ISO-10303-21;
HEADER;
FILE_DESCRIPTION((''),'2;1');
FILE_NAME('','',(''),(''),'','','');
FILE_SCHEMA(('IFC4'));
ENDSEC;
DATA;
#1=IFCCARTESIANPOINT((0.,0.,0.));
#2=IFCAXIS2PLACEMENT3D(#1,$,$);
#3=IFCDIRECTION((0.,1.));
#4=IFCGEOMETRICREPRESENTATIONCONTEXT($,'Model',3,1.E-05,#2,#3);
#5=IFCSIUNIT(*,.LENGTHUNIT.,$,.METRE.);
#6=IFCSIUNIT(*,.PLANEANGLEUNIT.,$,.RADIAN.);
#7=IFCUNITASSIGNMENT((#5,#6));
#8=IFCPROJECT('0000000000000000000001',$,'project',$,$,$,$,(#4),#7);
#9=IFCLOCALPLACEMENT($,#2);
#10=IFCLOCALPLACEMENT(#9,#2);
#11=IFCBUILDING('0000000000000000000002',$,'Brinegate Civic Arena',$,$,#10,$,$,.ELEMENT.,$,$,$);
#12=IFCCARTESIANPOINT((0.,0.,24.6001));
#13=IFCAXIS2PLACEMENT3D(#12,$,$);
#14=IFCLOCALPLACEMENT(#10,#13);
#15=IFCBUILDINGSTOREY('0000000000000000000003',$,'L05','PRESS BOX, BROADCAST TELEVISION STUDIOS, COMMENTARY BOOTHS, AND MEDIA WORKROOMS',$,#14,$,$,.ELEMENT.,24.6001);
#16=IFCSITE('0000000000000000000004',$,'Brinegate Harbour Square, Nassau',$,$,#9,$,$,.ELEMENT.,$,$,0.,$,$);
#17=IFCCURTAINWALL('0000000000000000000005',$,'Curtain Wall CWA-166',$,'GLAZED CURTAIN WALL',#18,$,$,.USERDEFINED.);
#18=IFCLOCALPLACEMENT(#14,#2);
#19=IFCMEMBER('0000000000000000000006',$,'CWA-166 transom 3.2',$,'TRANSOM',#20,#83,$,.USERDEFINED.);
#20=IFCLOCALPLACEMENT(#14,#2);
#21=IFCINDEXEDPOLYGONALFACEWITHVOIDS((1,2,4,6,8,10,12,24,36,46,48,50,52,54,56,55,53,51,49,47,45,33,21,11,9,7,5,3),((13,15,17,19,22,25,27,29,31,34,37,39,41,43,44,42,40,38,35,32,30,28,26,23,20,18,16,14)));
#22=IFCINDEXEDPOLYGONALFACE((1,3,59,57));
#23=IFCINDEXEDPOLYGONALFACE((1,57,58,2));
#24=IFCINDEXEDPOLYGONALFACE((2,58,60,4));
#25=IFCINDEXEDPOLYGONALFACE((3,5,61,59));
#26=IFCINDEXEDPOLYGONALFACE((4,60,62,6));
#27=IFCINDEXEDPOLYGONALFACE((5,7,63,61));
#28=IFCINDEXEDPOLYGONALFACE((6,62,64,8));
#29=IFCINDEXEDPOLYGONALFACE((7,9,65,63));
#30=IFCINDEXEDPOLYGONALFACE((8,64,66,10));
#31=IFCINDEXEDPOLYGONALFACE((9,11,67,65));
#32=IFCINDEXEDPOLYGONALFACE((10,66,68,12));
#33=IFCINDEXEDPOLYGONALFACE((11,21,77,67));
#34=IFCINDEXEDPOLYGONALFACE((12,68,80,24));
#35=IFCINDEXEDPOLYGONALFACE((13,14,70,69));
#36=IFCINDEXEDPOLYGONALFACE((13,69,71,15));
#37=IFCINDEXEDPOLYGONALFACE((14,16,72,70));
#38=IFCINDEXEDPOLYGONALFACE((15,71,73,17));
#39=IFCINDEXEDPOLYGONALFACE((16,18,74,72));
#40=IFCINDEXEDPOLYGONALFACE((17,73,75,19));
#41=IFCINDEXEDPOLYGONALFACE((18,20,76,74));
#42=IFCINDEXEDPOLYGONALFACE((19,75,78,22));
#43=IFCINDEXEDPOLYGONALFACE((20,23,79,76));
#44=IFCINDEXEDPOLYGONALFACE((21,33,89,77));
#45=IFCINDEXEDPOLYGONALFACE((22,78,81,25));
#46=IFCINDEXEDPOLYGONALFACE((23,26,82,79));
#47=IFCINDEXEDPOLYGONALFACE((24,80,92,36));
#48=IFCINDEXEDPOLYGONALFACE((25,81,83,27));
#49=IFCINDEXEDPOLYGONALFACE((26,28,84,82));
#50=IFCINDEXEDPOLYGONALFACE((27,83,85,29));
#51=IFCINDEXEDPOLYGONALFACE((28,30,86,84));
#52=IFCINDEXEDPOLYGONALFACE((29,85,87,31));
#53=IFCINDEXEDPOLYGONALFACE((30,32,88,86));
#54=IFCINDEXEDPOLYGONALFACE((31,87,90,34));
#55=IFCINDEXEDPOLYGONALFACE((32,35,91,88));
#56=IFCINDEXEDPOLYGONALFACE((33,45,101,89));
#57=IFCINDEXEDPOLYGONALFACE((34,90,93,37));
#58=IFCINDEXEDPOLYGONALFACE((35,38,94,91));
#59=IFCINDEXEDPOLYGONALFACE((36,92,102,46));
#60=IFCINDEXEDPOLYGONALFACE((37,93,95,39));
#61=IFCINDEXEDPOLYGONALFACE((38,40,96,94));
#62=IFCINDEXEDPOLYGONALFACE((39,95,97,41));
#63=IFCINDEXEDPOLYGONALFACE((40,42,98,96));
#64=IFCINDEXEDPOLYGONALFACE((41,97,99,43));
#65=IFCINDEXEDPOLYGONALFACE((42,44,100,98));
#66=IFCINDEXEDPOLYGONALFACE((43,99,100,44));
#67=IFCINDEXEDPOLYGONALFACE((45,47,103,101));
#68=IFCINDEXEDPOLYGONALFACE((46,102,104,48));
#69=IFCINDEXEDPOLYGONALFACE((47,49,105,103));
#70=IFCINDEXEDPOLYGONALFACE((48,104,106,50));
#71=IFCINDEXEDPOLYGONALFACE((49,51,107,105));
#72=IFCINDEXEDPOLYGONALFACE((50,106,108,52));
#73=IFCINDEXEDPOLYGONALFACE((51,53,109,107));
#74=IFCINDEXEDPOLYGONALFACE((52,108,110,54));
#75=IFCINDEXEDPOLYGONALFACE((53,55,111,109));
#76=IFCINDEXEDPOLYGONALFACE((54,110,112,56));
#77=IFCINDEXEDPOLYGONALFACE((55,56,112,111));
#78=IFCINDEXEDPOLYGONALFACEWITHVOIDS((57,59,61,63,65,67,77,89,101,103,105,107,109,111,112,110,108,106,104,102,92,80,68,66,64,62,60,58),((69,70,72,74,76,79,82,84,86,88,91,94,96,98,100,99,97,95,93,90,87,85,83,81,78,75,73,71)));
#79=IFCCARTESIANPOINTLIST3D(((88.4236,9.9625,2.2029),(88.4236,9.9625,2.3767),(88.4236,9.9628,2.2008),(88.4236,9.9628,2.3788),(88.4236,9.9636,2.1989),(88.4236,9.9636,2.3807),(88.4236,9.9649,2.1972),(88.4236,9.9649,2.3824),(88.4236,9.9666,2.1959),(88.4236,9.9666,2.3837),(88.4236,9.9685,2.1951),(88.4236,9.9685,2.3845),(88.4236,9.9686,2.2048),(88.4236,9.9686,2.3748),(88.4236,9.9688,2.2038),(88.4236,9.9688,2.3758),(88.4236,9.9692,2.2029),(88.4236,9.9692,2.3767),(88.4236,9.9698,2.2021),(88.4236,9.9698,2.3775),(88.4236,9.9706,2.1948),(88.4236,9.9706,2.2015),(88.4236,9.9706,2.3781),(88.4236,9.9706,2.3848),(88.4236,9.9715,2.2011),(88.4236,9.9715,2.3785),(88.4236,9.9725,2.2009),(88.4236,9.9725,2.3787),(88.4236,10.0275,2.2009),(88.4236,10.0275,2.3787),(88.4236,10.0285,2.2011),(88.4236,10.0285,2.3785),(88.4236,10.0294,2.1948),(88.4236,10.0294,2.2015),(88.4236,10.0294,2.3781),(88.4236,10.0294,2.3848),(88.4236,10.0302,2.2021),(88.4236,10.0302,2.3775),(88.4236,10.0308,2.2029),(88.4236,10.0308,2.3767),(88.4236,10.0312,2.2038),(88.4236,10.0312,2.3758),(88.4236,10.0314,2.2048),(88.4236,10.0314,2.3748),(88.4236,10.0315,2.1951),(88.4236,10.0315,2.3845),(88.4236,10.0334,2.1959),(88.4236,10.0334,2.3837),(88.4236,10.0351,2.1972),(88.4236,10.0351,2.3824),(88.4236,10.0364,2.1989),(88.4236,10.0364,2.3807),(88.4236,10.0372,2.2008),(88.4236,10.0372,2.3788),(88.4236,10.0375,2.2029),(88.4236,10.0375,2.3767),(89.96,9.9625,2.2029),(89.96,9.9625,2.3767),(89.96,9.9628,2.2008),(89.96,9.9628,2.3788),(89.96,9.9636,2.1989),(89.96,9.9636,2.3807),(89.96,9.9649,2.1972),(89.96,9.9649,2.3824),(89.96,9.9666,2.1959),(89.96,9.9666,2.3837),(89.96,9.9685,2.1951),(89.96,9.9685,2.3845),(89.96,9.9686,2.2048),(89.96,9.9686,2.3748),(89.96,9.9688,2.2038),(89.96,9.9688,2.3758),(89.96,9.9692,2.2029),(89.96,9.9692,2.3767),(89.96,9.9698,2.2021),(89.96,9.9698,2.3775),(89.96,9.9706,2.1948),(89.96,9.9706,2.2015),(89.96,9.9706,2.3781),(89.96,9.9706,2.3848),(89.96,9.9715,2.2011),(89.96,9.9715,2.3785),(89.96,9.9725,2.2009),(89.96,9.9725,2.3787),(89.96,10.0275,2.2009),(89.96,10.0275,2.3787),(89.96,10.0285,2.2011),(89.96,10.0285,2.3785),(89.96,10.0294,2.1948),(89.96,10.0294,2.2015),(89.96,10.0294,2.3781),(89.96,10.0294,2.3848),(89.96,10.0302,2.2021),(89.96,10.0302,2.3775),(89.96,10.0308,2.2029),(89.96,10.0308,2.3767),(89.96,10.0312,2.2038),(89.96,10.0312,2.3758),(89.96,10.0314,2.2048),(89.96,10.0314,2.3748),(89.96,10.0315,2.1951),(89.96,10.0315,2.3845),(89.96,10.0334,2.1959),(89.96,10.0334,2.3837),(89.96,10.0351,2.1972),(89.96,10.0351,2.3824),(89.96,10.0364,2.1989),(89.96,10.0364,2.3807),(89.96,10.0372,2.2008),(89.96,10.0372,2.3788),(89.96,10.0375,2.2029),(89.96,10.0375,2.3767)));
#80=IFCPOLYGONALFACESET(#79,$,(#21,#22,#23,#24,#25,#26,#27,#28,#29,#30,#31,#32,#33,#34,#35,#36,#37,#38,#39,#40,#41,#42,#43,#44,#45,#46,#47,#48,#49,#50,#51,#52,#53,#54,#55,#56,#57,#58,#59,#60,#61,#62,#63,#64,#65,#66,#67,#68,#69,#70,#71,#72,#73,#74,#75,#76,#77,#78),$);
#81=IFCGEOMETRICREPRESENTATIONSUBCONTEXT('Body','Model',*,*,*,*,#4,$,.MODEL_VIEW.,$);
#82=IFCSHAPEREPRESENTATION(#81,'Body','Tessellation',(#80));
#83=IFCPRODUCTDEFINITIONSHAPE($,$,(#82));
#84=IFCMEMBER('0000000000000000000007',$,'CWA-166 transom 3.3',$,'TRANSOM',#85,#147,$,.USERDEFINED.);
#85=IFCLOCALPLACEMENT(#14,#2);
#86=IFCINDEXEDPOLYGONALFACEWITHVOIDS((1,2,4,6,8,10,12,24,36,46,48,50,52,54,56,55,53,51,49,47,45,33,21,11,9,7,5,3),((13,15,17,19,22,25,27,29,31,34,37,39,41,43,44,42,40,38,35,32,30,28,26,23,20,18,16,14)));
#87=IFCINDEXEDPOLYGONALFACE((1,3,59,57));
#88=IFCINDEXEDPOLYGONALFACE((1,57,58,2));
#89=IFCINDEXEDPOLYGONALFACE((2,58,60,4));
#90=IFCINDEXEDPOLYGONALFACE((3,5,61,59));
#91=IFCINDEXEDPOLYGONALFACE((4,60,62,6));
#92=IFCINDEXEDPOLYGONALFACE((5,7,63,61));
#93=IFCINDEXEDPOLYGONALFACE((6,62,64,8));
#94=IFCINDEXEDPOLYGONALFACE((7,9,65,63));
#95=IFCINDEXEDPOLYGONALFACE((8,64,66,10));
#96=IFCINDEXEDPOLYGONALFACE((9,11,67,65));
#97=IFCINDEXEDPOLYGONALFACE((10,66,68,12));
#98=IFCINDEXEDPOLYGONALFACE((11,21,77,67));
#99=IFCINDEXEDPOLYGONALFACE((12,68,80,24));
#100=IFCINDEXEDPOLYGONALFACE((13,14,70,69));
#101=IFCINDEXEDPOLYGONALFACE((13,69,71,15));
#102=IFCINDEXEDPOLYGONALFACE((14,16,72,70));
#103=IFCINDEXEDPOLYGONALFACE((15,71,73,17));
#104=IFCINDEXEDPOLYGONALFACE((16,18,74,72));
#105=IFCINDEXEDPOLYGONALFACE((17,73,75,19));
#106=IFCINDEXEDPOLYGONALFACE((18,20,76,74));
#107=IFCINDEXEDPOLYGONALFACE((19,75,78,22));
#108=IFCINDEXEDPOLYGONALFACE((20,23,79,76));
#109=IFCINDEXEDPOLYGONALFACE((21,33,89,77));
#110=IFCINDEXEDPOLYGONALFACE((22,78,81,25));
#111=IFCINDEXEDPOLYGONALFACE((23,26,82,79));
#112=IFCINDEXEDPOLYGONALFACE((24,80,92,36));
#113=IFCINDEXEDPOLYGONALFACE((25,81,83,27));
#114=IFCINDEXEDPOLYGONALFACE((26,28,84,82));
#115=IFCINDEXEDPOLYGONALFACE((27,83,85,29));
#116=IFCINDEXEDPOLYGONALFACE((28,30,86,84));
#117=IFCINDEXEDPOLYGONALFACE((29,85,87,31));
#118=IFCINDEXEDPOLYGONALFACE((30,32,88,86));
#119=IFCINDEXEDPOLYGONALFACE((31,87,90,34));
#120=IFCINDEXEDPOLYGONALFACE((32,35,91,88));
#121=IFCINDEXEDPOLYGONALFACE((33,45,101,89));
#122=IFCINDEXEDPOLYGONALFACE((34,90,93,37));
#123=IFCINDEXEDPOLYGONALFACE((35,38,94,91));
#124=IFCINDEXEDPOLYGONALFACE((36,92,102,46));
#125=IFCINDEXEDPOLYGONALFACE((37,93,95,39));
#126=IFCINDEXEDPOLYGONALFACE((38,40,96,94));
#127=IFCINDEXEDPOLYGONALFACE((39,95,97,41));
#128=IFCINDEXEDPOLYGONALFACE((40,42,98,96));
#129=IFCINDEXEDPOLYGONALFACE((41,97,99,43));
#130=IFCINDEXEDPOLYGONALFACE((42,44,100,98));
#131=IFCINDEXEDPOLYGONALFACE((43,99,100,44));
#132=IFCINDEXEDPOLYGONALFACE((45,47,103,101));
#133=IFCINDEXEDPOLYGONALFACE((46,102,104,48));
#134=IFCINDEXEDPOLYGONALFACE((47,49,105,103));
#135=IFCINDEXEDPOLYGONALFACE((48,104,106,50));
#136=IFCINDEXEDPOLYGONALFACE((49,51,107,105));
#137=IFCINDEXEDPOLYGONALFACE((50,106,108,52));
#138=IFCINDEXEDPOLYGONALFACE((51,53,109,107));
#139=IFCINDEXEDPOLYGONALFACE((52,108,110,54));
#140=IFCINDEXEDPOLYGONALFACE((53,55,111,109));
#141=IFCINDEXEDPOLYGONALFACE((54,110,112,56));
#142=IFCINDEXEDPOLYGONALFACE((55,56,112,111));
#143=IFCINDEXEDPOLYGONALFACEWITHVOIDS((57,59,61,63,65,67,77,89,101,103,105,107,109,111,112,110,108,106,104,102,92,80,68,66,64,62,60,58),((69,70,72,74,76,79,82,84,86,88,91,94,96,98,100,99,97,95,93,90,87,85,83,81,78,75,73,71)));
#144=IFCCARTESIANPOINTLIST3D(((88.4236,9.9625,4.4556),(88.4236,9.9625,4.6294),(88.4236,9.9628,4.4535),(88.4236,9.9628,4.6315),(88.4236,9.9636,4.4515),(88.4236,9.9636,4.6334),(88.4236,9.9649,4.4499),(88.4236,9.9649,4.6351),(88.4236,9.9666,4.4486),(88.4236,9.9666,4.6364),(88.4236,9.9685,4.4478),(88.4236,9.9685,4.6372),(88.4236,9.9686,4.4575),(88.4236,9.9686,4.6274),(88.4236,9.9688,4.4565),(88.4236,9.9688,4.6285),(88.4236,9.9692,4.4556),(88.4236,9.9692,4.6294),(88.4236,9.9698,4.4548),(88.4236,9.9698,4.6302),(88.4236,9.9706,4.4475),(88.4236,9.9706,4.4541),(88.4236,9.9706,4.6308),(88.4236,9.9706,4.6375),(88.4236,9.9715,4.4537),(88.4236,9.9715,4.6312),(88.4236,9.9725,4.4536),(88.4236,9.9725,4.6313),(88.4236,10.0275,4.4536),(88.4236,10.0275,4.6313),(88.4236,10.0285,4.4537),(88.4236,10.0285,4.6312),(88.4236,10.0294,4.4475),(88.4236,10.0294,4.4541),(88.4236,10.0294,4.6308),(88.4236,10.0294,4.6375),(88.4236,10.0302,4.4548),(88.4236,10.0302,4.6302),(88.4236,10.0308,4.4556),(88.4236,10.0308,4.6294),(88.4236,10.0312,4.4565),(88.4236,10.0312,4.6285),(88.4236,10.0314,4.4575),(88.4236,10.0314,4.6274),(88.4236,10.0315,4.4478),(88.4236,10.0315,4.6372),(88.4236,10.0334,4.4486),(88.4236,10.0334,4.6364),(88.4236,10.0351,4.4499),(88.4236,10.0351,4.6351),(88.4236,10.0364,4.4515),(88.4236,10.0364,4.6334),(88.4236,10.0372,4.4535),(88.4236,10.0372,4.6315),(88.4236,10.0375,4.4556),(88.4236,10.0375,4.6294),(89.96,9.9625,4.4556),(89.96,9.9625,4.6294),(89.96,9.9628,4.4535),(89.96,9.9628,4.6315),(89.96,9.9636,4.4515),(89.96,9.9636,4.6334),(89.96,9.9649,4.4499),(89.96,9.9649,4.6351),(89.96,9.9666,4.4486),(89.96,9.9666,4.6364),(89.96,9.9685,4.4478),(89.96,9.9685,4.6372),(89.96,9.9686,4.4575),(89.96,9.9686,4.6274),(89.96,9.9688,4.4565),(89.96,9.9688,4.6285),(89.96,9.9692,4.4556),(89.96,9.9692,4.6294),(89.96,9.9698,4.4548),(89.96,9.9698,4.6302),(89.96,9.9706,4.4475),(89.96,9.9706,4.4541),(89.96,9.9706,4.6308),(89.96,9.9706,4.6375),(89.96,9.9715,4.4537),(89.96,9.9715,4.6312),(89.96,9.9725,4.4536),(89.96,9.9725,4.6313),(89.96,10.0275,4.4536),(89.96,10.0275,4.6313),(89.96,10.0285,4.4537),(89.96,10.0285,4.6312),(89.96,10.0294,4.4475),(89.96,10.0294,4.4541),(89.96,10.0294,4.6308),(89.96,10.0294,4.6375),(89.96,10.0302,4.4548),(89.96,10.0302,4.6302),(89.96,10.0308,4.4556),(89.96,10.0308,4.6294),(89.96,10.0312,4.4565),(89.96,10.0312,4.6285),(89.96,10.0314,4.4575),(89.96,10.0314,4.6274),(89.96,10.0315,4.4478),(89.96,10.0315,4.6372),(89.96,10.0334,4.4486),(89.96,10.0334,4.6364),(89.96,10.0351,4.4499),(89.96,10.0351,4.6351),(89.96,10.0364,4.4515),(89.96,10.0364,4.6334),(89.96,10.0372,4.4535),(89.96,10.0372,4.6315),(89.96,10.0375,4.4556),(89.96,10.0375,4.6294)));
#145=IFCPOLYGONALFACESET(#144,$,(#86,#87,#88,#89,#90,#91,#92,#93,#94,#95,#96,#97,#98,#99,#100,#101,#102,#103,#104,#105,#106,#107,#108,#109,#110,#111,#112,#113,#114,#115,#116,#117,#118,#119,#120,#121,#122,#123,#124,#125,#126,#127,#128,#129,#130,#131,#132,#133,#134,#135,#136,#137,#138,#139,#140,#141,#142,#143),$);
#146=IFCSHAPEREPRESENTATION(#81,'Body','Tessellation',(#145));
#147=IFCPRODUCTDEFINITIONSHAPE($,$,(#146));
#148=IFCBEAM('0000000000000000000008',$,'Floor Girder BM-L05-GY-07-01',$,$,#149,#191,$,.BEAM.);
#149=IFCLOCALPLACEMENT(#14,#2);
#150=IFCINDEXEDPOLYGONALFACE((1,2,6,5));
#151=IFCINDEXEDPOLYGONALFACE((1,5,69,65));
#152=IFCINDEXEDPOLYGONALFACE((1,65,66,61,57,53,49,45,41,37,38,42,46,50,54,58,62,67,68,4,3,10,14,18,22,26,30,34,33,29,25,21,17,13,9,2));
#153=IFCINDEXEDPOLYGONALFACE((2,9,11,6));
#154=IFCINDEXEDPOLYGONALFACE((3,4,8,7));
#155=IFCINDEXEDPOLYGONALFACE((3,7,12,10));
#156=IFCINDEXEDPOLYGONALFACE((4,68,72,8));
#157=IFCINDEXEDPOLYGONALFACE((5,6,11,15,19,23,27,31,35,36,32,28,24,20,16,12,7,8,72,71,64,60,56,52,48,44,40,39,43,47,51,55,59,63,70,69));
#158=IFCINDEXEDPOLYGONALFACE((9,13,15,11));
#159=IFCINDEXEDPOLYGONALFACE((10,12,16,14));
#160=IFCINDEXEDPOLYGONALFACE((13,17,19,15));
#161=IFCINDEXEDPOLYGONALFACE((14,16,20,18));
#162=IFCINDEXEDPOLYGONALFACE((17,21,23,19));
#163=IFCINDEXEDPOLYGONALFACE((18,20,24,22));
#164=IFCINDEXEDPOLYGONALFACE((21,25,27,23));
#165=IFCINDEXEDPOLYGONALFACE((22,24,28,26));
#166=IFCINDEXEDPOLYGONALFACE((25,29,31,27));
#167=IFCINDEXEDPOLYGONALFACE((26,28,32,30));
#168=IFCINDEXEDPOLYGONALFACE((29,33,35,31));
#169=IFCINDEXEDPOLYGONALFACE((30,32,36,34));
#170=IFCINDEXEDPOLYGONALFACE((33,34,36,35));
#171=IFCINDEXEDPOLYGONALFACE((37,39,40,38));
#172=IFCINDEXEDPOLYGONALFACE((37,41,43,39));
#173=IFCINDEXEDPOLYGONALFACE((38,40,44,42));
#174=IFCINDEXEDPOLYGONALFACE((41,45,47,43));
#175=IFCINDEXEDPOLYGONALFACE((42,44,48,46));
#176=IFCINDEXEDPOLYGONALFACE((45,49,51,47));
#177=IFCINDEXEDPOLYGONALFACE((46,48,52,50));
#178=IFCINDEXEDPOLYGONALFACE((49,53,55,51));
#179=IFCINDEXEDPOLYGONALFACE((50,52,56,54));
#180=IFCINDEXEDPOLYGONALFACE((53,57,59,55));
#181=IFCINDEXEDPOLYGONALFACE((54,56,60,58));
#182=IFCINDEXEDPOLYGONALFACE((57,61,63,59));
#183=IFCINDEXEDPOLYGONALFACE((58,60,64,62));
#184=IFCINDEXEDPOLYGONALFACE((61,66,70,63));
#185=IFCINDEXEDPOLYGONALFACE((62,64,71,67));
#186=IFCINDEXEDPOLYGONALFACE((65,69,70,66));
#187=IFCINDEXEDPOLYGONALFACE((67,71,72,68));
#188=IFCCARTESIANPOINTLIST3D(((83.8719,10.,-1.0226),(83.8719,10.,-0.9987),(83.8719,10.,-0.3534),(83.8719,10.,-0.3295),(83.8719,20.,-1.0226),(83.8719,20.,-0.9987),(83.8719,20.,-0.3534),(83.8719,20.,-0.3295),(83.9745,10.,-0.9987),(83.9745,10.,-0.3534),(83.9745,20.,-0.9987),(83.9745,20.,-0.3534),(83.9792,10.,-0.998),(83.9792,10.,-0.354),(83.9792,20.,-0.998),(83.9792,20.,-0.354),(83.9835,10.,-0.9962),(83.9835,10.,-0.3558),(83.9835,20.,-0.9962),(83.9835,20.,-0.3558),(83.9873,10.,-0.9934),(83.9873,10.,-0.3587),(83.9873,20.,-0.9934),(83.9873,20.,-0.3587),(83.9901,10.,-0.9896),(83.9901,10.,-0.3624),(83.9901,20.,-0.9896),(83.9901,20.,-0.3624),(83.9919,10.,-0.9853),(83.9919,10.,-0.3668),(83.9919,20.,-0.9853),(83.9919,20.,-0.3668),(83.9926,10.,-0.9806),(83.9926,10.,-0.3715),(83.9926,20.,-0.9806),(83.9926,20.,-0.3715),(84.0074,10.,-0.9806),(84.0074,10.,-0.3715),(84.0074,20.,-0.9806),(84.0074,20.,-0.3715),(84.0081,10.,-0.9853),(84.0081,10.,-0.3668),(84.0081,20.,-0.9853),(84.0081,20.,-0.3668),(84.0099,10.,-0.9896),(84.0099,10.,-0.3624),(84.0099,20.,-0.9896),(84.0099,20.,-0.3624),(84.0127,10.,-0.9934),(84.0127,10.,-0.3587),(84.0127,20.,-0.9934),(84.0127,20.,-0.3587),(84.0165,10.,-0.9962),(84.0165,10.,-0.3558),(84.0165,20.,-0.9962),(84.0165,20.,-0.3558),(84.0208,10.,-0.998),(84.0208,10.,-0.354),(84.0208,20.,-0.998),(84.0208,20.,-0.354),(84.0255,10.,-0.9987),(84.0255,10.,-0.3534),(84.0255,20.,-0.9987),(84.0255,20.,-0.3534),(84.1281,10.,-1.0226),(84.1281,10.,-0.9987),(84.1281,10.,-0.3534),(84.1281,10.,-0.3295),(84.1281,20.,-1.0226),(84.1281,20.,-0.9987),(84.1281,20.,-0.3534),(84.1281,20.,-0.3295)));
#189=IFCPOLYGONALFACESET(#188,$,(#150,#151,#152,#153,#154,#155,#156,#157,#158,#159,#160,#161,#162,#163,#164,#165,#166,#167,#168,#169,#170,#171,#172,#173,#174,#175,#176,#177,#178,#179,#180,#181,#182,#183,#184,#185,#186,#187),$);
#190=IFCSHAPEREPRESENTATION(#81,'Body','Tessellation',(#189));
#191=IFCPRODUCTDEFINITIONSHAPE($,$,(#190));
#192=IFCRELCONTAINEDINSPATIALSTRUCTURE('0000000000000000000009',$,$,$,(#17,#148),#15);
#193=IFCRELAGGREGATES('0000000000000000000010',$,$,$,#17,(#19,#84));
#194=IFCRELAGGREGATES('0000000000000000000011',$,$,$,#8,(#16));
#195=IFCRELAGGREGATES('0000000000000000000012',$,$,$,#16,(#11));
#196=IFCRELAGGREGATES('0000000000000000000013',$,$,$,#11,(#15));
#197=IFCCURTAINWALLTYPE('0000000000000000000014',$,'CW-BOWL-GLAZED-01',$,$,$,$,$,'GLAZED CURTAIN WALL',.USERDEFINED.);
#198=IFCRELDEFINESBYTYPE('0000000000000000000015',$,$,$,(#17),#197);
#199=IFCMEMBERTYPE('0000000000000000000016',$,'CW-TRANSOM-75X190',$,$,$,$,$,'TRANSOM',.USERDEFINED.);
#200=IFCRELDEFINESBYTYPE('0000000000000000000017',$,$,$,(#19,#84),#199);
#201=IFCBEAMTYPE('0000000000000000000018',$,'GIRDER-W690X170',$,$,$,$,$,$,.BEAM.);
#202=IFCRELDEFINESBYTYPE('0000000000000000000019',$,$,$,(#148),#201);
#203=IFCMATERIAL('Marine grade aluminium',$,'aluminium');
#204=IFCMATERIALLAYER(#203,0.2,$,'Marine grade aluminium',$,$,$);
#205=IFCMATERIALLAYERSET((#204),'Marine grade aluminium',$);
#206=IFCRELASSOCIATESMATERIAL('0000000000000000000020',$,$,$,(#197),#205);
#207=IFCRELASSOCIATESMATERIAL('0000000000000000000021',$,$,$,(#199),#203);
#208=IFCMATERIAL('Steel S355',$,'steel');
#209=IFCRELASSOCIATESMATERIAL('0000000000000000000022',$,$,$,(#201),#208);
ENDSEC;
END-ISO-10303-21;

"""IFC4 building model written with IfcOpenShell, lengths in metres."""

from ifc_helpers import new_model, si_unit, direction, frame, origin, origin_2d, place, context, subcontext, project, spatial, hollow_rectangle, i_section, extrude, material, layer, layer_set, material_profile, profile_set, type_object, element, aggregate, save


model = new_model("IFC4")

# Units and contexts
model_context = context("Model", 3, precision=1e-05, world=origin(), true_north=direction((0.0, 1.0)))
body_context = subcontext(model_context, "Body", "Model", "MODEL_VIEW")
ifc_project = project(units=[si_unit("LENGTHUNIT", "METRE"), si_unit("PLANEANGLEUNIT", "RADIAN")], contexts=[model_context])

# Site, building, storey
site_placement = place(None, origin())
site = spatial("IfcSite", under=ifc_project, at=site_placement, Name="Brinegate Harbour Square, Nassau", CompositionType="ELEMENT", RefElevation=0.0)
building_placement = place(site_placement, origin())
building = spatial("IfcBuilding", under=site, at=building_placement, Name="Brinegate Civic Arena", CompositionType="ELEMENT")
storey_placement = place(building_placement, frame((0.0, 0.0, 24.6001)))
storey = spatial("IfcBuildingStorey", under=building, at=storey_placement, Name="L05", Description="PRESS BOX, BROADCAST TELEVISION STUDIOS, COMMENTARY BOOTHS, AND MEDIA WORKROOMS", CompositionType="ELEMENT", Elevation=24.6001)

# Shared definitions
ifc_material_1 = material(Name="Marine grade aluminium", Category="aluminium")
ifc_layer_1 = layer(ifc_material_1, 0.2, Name="Marine grade aluminium")
ifc_layer_set_1 = layer_set([ifc_layer_1], Name="Marine grade aluminium")
curtain_wall_type = type_object("IfcCurtainWallType", Name="CW-BOWL-GLAZED-01", ElementType="GLAZED CURTAIN WALL", PredefinedType="USERDEFINED", material=ifc_layer_set_1)

# Curtain wall
curtain_wall_1_placement = place(storey_placement, origin())
curtain_wall_1 = element("IfcCurtainWall", 1, at=curtain_wall_1_placement, inside=storey, type_object=curtain_wall_type, Name="Curtain Wall CWA-166", ObjectType="GLAZED CURTAIN WALL", PredefinedType="USERDEFINED")

# Members
ifc_material_profile_1 = material_profile(ifc_material_1, hollow_rectangle(XDim=0.075, YDim=0.1899, WallThickness=0.0061, InnerFilletRadius=0.0039, OuterFilletRadius=0.0081, at=origin_2d()), Name="TRN75X190")
ifc_profile_set_1 = profile_set([ifc_material_profile_1], Name="Marine grade aluminium")
member_type_1 = type_object("IfcMemberType", Name="CW-TRANSOM-75X190", ElementType="TRANSOM", PredefinedType="USERDEFINED", material=ifc_profile_set_1)
member_1_placement = place(storey_placement, frame((88.4236, 10.0, 2.2898), z_axis=(1.0, 0.0, 0.0), x_axis=(0.0, 1.0, 0.0)))
member_1 = element("IfcMember", 2, at=member_1_placement, type_object=member_type_1, Name="CWA-166 transom 3.2", ObjectType="TRANSOM", PredefinedType="USERDEFINED", context=body_context, shape_type="SweptSolid", body=[
    extrude(hollow_rectangle(XDim=0.075, YDim=0.1899, WallThickness=0.0061, InnerFilletRadius=0.0039, OuterFilletRadius=0.0081, at=origin_2d()), origin(), (0.0, 0.0, 1.0), 1.5364),
])
member_2_placement = place(storey_placement, frame((88.4236, 10.0, 4.5425), z_axis=(1.0, 0.0, 0.0), x_axis=(0.0, 1.0, 0.0)))
member_2 = element("IfcMember", 3, at=member_2_placement, type_object=member_type_1, Name="CWA-166 transom 3.3", ObjectType="TRANSOM", PredefinedType="USERDEFINED", context=body_context, shape_type="SweptSolid", body=[
    extrude(hollow_rectangle(XDim=0.075, YDim=0.1899, WallThickness=0.0061, InnerFilletRadius=0.0039, OuterFilletRadius=0.0081, at=origin_2d()), origin(), (0.0, 0.0, 1.0), 1.5364),
])

# Beam
ifc_material_2 = material(Name="Steel S355", Category="steel")
ifc_material_profile_2 = material_profile(ifc_material_2, i_section(OverallWidth=0.2561, OverallDepth=0.6931, WebThickness=0.0149, FlangeThickness=0.0239, FilletRadius=0.0181, at=origin_2d()), Name="W690X170")
ifc_profile_set_2 = profile_set([ifc_material_profile_2], Name="Steel S355")
beam_type_1 = type_object("IfcBeamType", Name="GIRDER-W690X170", PredefinedType="BEAM", material=ifc_profile_set_2)
beam_1_placement = place(storey_placement, frame((84.0, 10.0, -0.676), z_axis=(0.0, 1.0, 0.0), x_axis=(-1.0, 0.0, 0.0)))
element("IfcBeam", 4, at=beam_1_placement, inside=storey, type_object=beam_type_1, Name="Floor Girder BM-L05-GY-07-01", PredefinedType="BEAM", context=body_context, shape_type="SweptSolid", body=[
    extrude(i_section(OverallWidth=0.2561, OverallDepth=0.6931, WebThickness=0.0149, FlangeThickness=0.0239, FilletRadius=0.0181, at=origin_2d()), origin(), (0.0, 0.0, 1.0), 10.0),
])

aggregate(curtain_wall_1, [member_1, member_2])

save(model, "model.ifc")
